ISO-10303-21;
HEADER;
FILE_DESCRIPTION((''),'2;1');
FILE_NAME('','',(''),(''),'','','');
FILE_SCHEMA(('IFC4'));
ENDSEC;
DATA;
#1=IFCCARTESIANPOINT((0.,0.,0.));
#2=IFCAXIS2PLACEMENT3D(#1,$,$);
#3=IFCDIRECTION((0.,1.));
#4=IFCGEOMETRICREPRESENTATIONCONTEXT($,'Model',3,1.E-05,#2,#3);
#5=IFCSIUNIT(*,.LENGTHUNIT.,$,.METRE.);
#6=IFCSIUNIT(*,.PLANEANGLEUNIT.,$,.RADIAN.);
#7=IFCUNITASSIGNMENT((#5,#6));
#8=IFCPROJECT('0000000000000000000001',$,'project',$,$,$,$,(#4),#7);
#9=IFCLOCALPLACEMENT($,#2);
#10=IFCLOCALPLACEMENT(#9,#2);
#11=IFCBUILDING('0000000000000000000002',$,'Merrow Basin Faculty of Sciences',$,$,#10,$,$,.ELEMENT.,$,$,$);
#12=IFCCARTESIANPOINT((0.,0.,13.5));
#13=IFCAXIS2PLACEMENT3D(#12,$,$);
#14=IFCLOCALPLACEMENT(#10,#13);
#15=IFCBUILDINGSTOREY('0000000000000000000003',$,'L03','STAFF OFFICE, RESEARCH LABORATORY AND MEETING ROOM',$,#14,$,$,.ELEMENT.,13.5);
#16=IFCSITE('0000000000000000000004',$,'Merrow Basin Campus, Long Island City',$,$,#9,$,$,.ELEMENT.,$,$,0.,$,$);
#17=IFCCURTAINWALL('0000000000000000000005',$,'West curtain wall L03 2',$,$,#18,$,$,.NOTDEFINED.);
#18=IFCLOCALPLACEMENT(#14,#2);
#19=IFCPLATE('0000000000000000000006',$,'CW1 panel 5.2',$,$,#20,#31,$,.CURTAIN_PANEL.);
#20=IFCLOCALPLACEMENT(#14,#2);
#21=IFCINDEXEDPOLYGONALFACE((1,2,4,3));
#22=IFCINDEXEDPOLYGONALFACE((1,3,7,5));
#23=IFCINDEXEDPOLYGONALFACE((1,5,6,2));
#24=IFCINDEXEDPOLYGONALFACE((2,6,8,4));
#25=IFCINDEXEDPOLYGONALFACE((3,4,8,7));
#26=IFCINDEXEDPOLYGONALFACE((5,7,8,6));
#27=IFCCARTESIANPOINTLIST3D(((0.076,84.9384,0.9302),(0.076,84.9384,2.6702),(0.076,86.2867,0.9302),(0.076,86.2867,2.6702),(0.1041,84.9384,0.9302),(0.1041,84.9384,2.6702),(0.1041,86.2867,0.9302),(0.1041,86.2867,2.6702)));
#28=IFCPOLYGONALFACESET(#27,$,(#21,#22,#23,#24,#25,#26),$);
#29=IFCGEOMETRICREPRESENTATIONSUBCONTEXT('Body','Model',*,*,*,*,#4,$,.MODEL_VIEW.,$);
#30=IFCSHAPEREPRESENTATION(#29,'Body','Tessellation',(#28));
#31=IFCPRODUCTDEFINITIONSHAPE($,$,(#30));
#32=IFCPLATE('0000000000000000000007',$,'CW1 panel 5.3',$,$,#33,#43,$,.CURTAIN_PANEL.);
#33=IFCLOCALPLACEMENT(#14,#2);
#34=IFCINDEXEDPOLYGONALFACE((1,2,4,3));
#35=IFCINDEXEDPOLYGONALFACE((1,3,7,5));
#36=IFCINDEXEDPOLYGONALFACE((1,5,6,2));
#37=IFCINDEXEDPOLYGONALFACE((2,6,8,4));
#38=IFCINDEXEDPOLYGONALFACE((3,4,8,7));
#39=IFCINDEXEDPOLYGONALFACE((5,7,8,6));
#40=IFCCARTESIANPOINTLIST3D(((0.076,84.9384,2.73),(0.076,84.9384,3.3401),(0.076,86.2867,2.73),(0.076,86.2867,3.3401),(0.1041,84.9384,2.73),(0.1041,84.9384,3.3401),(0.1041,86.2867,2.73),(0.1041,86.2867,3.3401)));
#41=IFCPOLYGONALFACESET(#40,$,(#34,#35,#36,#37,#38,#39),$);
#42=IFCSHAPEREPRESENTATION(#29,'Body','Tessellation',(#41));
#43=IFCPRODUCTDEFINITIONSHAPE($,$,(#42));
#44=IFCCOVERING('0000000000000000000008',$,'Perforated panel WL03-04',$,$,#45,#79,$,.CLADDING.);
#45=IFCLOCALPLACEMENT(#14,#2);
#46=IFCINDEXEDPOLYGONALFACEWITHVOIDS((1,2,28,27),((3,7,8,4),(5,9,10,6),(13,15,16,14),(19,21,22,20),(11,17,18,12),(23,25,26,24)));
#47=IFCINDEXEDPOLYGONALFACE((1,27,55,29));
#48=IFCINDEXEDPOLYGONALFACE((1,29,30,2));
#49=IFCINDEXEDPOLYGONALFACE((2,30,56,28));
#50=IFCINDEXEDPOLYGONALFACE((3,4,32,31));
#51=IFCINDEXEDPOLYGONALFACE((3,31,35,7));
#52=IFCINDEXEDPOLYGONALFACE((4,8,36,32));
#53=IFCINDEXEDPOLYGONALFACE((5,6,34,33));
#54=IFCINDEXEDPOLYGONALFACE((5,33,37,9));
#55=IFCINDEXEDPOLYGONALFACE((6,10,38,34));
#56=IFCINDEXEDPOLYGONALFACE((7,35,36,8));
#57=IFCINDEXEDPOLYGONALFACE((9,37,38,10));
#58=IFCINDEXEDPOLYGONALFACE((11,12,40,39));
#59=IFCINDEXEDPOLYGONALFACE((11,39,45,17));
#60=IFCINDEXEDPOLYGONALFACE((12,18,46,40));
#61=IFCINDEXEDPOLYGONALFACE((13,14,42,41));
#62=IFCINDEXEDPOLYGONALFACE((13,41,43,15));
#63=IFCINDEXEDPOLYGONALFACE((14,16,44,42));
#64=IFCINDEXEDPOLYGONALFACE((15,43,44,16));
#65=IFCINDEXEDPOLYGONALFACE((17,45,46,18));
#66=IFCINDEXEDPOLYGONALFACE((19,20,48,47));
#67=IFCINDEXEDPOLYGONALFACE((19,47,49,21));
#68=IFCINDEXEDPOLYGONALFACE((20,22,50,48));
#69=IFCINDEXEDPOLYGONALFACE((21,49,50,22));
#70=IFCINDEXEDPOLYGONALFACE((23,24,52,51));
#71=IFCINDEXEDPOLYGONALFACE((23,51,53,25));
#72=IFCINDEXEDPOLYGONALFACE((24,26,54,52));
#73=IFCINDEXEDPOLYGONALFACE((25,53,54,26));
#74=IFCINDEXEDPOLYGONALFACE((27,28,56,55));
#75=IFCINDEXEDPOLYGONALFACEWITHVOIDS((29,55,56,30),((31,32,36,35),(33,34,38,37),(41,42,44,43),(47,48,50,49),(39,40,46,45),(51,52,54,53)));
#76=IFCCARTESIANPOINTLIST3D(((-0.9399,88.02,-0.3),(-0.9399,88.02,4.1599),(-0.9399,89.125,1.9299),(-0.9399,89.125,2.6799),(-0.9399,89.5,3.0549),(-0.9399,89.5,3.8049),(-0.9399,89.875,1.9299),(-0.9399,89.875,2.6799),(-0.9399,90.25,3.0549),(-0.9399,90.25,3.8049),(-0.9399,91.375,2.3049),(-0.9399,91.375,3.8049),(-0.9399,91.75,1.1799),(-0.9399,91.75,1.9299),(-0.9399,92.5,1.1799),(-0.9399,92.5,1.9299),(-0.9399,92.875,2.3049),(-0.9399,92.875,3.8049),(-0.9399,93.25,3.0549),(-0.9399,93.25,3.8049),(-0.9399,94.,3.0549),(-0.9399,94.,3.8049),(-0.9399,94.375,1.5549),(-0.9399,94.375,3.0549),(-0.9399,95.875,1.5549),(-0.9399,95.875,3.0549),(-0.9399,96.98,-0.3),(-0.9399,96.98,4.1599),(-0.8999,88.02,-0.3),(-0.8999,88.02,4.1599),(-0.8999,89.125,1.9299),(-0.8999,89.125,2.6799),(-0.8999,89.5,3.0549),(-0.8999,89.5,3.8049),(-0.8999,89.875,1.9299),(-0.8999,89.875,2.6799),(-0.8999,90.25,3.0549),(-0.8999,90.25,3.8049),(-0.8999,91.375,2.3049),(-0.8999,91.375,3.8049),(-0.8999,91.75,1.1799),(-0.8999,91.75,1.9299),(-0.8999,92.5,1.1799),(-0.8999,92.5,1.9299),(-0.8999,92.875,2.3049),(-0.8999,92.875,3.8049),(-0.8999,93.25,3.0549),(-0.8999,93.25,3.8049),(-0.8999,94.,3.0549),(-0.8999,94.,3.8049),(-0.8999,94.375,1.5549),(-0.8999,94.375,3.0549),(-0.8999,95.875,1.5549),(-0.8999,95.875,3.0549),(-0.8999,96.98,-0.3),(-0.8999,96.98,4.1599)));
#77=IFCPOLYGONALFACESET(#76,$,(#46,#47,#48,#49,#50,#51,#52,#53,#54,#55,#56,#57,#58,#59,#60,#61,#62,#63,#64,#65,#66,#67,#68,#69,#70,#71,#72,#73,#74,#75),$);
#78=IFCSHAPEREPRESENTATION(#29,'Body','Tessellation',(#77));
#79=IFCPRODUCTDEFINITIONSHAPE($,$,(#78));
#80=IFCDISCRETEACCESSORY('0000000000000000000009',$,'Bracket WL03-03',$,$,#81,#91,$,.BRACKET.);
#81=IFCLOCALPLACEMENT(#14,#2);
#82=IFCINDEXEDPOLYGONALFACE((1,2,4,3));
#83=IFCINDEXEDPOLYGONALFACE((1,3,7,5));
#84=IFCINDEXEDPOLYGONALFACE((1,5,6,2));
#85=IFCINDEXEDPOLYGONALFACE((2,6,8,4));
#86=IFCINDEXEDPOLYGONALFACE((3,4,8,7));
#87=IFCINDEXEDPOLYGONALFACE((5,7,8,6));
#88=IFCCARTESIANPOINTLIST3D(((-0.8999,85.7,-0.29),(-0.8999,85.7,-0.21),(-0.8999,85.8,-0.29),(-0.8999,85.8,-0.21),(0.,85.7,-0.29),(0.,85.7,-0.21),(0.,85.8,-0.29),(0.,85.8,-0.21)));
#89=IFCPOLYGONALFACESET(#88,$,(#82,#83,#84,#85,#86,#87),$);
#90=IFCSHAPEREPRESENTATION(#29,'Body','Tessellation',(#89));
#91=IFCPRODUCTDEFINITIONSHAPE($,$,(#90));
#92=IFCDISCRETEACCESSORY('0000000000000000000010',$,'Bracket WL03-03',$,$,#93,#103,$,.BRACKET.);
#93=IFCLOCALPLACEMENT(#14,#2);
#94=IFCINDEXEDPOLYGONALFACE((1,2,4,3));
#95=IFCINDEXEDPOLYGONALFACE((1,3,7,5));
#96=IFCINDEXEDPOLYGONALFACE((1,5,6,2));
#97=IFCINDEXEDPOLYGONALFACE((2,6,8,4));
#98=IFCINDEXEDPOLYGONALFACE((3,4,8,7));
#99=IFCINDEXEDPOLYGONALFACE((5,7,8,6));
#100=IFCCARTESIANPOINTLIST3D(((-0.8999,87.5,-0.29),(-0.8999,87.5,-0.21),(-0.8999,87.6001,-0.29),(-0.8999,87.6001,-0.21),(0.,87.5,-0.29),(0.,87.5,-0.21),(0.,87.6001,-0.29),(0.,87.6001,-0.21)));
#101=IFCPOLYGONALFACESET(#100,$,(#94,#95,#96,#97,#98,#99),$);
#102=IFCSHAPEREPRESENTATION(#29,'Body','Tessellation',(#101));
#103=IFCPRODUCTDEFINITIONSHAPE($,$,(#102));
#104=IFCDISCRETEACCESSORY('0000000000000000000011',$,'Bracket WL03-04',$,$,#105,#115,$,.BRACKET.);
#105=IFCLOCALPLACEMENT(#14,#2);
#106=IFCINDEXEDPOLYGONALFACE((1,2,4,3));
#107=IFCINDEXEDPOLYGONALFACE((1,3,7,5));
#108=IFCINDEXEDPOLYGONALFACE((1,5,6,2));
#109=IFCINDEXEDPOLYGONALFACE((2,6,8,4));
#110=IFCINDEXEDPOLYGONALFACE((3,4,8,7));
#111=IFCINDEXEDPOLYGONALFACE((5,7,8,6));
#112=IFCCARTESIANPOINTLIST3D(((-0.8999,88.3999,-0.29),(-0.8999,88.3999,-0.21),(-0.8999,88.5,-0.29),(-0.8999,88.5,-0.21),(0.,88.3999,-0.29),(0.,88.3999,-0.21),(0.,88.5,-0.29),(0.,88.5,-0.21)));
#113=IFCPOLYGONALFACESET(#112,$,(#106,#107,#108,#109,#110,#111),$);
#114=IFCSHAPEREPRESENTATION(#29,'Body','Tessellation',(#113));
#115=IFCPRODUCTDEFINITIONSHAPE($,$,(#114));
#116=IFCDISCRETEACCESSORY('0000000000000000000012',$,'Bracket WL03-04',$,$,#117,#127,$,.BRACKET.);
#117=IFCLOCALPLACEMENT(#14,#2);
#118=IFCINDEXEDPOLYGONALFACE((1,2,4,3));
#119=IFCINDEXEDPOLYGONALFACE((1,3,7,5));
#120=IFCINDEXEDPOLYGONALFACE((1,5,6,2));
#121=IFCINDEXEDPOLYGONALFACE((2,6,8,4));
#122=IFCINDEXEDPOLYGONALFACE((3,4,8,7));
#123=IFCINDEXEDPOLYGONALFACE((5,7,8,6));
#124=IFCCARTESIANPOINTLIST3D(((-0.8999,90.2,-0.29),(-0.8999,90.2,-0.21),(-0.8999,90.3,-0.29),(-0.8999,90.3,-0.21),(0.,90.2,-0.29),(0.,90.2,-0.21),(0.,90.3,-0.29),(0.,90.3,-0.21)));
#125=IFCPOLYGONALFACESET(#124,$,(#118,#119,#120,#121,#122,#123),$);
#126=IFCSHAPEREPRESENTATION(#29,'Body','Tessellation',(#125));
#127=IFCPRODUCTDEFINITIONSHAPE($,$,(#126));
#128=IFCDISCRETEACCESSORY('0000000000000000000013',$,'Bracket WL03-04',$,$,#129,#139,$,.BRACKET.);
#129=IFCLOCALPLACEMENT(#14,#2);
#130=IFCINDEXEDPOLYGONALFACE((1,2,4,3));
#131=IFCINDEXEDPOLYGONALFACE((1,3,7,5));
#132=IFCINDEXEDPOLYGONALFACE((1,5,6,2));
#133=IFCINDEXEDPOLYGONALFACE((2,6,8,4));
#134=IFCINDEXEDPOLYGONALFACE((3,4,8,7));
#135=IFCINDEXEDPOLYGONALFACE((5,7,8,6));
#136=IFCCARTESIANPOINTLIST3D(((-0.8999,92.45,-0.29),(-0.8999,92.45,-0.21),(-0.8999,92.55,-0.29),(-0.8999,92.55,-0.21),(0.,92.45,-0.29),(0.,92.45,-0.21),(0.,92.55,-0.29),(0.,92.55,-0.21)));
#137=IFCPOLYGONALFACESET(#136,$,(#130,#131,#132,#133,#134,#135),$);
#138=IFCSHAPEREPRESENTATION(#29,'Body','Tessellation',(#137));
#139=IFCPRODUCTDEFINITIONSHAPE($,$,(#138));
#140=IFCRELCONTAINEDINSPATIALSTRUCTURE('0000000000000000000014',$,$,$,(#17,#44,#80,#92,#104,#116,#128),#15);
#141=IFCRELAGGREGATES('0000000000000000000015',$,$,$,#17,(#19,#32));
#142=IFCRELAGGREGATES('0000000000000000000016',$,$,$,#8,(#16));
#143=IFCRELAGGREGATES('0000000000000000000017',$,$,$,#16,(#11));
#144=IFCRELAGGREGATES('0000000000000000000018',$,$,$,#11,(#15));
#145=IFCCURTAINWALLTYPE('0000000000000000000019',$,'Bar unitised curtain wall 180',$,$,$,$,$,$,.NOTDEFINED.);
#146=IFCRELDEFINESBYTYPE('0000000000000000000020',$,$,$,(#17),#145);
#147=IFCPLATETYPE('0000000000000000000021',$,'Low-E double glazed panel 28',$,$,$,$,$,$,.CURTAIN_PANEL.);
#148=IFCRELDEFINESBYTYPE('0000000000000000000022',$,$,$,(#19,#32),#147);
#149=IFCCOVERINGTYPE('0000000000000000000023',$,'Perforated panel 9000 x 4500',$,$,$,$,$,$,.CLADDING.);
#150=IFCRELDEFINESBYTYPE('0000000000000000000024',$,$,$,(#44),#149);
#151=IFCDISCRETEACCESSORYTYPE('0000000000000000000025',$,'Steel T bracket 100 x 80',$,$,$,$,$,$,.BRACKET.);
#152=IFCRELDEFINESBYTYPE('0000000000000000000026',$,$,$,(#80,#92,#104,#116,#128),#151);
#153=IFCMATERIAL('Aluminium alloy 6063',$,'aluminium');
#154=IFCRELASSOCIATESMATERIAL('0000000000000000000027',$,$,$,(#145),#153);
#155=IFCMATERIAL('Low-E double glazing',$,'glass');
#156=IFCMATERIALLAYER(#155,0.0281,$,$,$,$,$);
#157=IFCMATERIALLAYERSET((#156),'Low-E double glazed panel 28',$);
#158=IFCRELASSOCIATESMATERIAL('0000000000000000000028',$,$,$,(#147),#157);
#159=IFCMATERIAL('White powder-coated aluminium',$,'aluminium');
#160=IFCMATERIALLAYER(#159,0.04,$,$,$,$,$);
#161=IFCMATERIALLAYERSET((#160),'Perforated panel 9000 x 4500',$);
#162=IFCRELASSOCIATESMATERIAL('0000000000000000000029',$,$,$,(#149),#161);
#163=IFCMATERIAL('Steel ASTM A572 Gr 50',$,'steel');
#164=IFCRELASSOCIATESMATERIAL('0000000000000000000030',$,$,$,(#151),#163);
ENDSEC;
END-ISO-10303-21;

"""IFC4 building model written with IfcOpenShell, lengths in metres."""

from ifc_helpers import new_model, si_unit, direction, frame, origin, origin_2d, place, context, subcontext, project, spatial, polyline, rectangle, outline, extrude, source, transform, mapped, material, layer, layer_set, type_object, element, aggregate, save


model = new_model("IFC4")

# Units and contexts
model_context = context("Model", 3, precision=1e-05, world=origin(), true_north=direction((0.0, 1.0)))
body_context = subcontext(model_context, "Body", "Model", "MODEL_VIEW")
ifc_project = project(units=[si_unit("LENGTHUNIT", "METRE"), si_unit("PLANEANGLEUNIT", "RADIAN")], contexts=[model_context])

# Site, building, storey
site_placement = place(None, origin())
site = spatial("IfcSite", under=ifc_project, at=site_placement, Name="Merrow Basin Campus, Long Island City", CompositionType="ELEMENT", RefElevation=0.0)
building_placement = place(site_placement, origin())
building = spatial("IfcBuilding", under=site, at=building_placement, Name="Merrow Basin Faculty of Sciences", CompositionType="ELEMENT")
storey_placement = place(building_placement, frame((0.0, 0.0, 13.5)))
storey = spatial("IfcBuildingStorey", under=building, at=storey_placement, Name="L03", Description="STAFF OFFICE, RESEARCH LABORATORY AND MEETING ROOM", CompositionType="ELEMENT", Elevation=13.5)

# Curtain wall
ifc_material_1 = material(Name="Aluminium alloy 6063", Category="aluminium")
curtain_wall_type = type_object("IfcCurtainWallType", Name="Bar unitised curtain wall 180", PredefinedType="NOTDEFINED", material=ifc_material_1)
curtain_wall_placement = place(storey_placement, origin())
curtain_wall = element("IfcCurtainWall", 1, at=curtain_wall_placement, inside=storey, type_object=curtain_wall_type, Name="West curtain wall L03 2", PredefinedType="NOTDEFINED")

# Plates
ifc_material_2 = material(Name="Low-E double glazing", Category="glass")
ifc_layer_1 = layer(ifc_material_2, 0.0281)
ifc_layer_set_1 = layer_set([ifc_layer_1], Name="Low-E double glazed panel 28")
plate_type_1 = type_object("IfcPlateType", Name="Low-E double glazed panel 28", PredefinedType="CURTAIN_PANEL", material=ifc_layer_set_1)
plate_1_placement = place(storey_placement, frame((0.0901, 85.6125, 0.9302), z_axis=(0.0, 0.0, 1.0), x_axis=(0.0, 1.0, 0.0)))
plate_1 = element("IfcPlate", 2, at=plate_1_placement, type_object=plate_type_1, Name="CW1 panel 5.2", PredefinedType="CURTAIN_PANEL", context=body_context, shape_type="SweptSolid", body=[
    extrude(rectangle(XDim=1.3484, YDim=0.0281, at=origin_2d()), origin(), (0.0, 0.0, 1.0), 1.74),
])
plate_2_placement = place(storey_placement, frame((0.0901, 85.6125, 2.73), z_axis=(0.0, 0.0, 1.0), x_axis=(0.0, 1.0, 0.0)))
plate_2 = element("IfcPlate", 3, at=plate_2_placement, type_object=plate_type_1, Name="CW1 panel 5.3", PredefinedType="CURTAIN_PANEL", context=body_context, shape_type="SweptSolid", body=[
    extrude(rectangle(XDim=1.3484, YDim=0.0281, at=origin_2d()), origin(), (0.0, 0.0, 1.0), 0.6101),
])
aggregate(curtain_wall, [plate_1, plate_2])

# Covering
ifc_material_3 = material(Name="White powder-coated aluminium", Category="aluminium")
ifc_layer_2 = layer(ifc_material_3, 0.04)
ifc_layer_set_2 = layer_set([ifc_layer_2], Name="Perforated panel 9000 x 4500")
covering_type = type_object("IfcCoveringType", Name="Perforated panel 9000 x 4500", PredefinedType="CLADDING", material=ifc_layer_set_2)
shared_shape_1 = source(origin(), body_context, "Body", "SweptSolid", [
    extrude(outline(polyline([(0.02, 0.02), (8.98, 0.02), (8.98, 4.48), (0.02, 4.48), (0.02, 0.02)]), holes=[polyline([(3.75, 1.5), (4.5, 1.5), (4.5, 2.25), (3.75, 2.25), (3.75, 1.5)]), polyline([(6.375, 1.875), (7.875, 1.875), (7.875, 3.375), (6.375, 3.375), (6.375, 1.875)]), polyline([(1.125, 2.25), (1.875, 2.25), (1.875, 3.0), (1.125, 3.0), (1.125, 2.25)]), polyline([(3.375, 2.625), (4.875, 2.625), (4.875, 4.125), (3.375, 4.125), (3.375, 2.625)]), polyline([(1.5, 3.375), (2.25, 3.375), (2.25, 4.125), (1.5, 4.125), (1.5, 3.375)]), polyline([(5.25, 3.375), (6.0, 3.375), (6.0, 4.125), (5.25, 4.125), (5.25, 3.375)])]), origin(), (0.0, 0.0, 1.0), 0.04),
])
covering_placement = place(storey_placement, frame((-0.9399, 88.0, -0.3201), z_axis=(1.0, 0.0, 0.0), x_axis=(0.0, 1.0, 0.0)))
element("IfcCovering", 4, at=covering_placement, inside=storey, type_object=covering_type, Name="Perforated panel WL03-04", PredefinedType="CLADDING", context=body_context, shape_type="MappedRepresentation", body=[
    mapped(shared_shape_1, transform((0.0, 0.0, 0.0), scale=1.0)),
])

# Discrete accessories
ifc_material_4 = material(Name="Steel ASTM A572 Gr 50", Category="steel")
discrete_accessory_type = type_object("IfcDiscreteAccessoryType", Name="Steel T bracket 100 x 80", PredefinedType="BRACKET", material=ifc_material_4)
shared_shape_2 = source(origin(), body_context, "Body", "SweptSolid", [
    extrude(outline(polyline([(0.0, 0.0), (0.1001, 0.0), (0.1001, 0.0801), (0.0, 0.0801), (0.0, 0.0)])), origin(), (0.0, 0.0, 1.0), 0.8999),
])
for number, where, z_axis, x_axis, name in (
    (5, (-0.8999, 85.7, -0.29), (1.0, 0.0, 0.0), (0.0, 1.0, 0.0), "Bracket WL03-03"),
    (6, (-0.8999, 87.5, -0.29), (1.0, 0.0, 0.0), (0.0, 1.0, 0.0), "Bracket WL03-03"),
    (7, (-0.8999, 88.3999, -0.29), (1.0, 0.0, 0.0), (0.0, 1.0, 0.0), "Bracket WL03-04"),
    (8, (-0.8999, 90.2, -0.29), (1.0, 0.0, 0.0), (0.0, 1.0, 0.0), "Bracket WL03-04"),
    (9, (-0.8999, 92.45, -0.29), (1.0, 0.0, 0.0), (0.0, 1.0, 0.0), "Bracket WL03-04"),
):
    element("IfcDiscreteAccessory", number, at=place(storey_placement, frame(where, z_axis=z_axis, x_axis=x_axis)), inside=storey, type_object=discrete_accessory_type, Name=name, PredefinedType="BRACKET", context=body_context, shape_type="MappedRepresentation", body=[
        mapped(shared_shape_2, transform((0.0, 0.0, 0.0), scale=1.0)),
    ])

save(model, "model.ifc")
